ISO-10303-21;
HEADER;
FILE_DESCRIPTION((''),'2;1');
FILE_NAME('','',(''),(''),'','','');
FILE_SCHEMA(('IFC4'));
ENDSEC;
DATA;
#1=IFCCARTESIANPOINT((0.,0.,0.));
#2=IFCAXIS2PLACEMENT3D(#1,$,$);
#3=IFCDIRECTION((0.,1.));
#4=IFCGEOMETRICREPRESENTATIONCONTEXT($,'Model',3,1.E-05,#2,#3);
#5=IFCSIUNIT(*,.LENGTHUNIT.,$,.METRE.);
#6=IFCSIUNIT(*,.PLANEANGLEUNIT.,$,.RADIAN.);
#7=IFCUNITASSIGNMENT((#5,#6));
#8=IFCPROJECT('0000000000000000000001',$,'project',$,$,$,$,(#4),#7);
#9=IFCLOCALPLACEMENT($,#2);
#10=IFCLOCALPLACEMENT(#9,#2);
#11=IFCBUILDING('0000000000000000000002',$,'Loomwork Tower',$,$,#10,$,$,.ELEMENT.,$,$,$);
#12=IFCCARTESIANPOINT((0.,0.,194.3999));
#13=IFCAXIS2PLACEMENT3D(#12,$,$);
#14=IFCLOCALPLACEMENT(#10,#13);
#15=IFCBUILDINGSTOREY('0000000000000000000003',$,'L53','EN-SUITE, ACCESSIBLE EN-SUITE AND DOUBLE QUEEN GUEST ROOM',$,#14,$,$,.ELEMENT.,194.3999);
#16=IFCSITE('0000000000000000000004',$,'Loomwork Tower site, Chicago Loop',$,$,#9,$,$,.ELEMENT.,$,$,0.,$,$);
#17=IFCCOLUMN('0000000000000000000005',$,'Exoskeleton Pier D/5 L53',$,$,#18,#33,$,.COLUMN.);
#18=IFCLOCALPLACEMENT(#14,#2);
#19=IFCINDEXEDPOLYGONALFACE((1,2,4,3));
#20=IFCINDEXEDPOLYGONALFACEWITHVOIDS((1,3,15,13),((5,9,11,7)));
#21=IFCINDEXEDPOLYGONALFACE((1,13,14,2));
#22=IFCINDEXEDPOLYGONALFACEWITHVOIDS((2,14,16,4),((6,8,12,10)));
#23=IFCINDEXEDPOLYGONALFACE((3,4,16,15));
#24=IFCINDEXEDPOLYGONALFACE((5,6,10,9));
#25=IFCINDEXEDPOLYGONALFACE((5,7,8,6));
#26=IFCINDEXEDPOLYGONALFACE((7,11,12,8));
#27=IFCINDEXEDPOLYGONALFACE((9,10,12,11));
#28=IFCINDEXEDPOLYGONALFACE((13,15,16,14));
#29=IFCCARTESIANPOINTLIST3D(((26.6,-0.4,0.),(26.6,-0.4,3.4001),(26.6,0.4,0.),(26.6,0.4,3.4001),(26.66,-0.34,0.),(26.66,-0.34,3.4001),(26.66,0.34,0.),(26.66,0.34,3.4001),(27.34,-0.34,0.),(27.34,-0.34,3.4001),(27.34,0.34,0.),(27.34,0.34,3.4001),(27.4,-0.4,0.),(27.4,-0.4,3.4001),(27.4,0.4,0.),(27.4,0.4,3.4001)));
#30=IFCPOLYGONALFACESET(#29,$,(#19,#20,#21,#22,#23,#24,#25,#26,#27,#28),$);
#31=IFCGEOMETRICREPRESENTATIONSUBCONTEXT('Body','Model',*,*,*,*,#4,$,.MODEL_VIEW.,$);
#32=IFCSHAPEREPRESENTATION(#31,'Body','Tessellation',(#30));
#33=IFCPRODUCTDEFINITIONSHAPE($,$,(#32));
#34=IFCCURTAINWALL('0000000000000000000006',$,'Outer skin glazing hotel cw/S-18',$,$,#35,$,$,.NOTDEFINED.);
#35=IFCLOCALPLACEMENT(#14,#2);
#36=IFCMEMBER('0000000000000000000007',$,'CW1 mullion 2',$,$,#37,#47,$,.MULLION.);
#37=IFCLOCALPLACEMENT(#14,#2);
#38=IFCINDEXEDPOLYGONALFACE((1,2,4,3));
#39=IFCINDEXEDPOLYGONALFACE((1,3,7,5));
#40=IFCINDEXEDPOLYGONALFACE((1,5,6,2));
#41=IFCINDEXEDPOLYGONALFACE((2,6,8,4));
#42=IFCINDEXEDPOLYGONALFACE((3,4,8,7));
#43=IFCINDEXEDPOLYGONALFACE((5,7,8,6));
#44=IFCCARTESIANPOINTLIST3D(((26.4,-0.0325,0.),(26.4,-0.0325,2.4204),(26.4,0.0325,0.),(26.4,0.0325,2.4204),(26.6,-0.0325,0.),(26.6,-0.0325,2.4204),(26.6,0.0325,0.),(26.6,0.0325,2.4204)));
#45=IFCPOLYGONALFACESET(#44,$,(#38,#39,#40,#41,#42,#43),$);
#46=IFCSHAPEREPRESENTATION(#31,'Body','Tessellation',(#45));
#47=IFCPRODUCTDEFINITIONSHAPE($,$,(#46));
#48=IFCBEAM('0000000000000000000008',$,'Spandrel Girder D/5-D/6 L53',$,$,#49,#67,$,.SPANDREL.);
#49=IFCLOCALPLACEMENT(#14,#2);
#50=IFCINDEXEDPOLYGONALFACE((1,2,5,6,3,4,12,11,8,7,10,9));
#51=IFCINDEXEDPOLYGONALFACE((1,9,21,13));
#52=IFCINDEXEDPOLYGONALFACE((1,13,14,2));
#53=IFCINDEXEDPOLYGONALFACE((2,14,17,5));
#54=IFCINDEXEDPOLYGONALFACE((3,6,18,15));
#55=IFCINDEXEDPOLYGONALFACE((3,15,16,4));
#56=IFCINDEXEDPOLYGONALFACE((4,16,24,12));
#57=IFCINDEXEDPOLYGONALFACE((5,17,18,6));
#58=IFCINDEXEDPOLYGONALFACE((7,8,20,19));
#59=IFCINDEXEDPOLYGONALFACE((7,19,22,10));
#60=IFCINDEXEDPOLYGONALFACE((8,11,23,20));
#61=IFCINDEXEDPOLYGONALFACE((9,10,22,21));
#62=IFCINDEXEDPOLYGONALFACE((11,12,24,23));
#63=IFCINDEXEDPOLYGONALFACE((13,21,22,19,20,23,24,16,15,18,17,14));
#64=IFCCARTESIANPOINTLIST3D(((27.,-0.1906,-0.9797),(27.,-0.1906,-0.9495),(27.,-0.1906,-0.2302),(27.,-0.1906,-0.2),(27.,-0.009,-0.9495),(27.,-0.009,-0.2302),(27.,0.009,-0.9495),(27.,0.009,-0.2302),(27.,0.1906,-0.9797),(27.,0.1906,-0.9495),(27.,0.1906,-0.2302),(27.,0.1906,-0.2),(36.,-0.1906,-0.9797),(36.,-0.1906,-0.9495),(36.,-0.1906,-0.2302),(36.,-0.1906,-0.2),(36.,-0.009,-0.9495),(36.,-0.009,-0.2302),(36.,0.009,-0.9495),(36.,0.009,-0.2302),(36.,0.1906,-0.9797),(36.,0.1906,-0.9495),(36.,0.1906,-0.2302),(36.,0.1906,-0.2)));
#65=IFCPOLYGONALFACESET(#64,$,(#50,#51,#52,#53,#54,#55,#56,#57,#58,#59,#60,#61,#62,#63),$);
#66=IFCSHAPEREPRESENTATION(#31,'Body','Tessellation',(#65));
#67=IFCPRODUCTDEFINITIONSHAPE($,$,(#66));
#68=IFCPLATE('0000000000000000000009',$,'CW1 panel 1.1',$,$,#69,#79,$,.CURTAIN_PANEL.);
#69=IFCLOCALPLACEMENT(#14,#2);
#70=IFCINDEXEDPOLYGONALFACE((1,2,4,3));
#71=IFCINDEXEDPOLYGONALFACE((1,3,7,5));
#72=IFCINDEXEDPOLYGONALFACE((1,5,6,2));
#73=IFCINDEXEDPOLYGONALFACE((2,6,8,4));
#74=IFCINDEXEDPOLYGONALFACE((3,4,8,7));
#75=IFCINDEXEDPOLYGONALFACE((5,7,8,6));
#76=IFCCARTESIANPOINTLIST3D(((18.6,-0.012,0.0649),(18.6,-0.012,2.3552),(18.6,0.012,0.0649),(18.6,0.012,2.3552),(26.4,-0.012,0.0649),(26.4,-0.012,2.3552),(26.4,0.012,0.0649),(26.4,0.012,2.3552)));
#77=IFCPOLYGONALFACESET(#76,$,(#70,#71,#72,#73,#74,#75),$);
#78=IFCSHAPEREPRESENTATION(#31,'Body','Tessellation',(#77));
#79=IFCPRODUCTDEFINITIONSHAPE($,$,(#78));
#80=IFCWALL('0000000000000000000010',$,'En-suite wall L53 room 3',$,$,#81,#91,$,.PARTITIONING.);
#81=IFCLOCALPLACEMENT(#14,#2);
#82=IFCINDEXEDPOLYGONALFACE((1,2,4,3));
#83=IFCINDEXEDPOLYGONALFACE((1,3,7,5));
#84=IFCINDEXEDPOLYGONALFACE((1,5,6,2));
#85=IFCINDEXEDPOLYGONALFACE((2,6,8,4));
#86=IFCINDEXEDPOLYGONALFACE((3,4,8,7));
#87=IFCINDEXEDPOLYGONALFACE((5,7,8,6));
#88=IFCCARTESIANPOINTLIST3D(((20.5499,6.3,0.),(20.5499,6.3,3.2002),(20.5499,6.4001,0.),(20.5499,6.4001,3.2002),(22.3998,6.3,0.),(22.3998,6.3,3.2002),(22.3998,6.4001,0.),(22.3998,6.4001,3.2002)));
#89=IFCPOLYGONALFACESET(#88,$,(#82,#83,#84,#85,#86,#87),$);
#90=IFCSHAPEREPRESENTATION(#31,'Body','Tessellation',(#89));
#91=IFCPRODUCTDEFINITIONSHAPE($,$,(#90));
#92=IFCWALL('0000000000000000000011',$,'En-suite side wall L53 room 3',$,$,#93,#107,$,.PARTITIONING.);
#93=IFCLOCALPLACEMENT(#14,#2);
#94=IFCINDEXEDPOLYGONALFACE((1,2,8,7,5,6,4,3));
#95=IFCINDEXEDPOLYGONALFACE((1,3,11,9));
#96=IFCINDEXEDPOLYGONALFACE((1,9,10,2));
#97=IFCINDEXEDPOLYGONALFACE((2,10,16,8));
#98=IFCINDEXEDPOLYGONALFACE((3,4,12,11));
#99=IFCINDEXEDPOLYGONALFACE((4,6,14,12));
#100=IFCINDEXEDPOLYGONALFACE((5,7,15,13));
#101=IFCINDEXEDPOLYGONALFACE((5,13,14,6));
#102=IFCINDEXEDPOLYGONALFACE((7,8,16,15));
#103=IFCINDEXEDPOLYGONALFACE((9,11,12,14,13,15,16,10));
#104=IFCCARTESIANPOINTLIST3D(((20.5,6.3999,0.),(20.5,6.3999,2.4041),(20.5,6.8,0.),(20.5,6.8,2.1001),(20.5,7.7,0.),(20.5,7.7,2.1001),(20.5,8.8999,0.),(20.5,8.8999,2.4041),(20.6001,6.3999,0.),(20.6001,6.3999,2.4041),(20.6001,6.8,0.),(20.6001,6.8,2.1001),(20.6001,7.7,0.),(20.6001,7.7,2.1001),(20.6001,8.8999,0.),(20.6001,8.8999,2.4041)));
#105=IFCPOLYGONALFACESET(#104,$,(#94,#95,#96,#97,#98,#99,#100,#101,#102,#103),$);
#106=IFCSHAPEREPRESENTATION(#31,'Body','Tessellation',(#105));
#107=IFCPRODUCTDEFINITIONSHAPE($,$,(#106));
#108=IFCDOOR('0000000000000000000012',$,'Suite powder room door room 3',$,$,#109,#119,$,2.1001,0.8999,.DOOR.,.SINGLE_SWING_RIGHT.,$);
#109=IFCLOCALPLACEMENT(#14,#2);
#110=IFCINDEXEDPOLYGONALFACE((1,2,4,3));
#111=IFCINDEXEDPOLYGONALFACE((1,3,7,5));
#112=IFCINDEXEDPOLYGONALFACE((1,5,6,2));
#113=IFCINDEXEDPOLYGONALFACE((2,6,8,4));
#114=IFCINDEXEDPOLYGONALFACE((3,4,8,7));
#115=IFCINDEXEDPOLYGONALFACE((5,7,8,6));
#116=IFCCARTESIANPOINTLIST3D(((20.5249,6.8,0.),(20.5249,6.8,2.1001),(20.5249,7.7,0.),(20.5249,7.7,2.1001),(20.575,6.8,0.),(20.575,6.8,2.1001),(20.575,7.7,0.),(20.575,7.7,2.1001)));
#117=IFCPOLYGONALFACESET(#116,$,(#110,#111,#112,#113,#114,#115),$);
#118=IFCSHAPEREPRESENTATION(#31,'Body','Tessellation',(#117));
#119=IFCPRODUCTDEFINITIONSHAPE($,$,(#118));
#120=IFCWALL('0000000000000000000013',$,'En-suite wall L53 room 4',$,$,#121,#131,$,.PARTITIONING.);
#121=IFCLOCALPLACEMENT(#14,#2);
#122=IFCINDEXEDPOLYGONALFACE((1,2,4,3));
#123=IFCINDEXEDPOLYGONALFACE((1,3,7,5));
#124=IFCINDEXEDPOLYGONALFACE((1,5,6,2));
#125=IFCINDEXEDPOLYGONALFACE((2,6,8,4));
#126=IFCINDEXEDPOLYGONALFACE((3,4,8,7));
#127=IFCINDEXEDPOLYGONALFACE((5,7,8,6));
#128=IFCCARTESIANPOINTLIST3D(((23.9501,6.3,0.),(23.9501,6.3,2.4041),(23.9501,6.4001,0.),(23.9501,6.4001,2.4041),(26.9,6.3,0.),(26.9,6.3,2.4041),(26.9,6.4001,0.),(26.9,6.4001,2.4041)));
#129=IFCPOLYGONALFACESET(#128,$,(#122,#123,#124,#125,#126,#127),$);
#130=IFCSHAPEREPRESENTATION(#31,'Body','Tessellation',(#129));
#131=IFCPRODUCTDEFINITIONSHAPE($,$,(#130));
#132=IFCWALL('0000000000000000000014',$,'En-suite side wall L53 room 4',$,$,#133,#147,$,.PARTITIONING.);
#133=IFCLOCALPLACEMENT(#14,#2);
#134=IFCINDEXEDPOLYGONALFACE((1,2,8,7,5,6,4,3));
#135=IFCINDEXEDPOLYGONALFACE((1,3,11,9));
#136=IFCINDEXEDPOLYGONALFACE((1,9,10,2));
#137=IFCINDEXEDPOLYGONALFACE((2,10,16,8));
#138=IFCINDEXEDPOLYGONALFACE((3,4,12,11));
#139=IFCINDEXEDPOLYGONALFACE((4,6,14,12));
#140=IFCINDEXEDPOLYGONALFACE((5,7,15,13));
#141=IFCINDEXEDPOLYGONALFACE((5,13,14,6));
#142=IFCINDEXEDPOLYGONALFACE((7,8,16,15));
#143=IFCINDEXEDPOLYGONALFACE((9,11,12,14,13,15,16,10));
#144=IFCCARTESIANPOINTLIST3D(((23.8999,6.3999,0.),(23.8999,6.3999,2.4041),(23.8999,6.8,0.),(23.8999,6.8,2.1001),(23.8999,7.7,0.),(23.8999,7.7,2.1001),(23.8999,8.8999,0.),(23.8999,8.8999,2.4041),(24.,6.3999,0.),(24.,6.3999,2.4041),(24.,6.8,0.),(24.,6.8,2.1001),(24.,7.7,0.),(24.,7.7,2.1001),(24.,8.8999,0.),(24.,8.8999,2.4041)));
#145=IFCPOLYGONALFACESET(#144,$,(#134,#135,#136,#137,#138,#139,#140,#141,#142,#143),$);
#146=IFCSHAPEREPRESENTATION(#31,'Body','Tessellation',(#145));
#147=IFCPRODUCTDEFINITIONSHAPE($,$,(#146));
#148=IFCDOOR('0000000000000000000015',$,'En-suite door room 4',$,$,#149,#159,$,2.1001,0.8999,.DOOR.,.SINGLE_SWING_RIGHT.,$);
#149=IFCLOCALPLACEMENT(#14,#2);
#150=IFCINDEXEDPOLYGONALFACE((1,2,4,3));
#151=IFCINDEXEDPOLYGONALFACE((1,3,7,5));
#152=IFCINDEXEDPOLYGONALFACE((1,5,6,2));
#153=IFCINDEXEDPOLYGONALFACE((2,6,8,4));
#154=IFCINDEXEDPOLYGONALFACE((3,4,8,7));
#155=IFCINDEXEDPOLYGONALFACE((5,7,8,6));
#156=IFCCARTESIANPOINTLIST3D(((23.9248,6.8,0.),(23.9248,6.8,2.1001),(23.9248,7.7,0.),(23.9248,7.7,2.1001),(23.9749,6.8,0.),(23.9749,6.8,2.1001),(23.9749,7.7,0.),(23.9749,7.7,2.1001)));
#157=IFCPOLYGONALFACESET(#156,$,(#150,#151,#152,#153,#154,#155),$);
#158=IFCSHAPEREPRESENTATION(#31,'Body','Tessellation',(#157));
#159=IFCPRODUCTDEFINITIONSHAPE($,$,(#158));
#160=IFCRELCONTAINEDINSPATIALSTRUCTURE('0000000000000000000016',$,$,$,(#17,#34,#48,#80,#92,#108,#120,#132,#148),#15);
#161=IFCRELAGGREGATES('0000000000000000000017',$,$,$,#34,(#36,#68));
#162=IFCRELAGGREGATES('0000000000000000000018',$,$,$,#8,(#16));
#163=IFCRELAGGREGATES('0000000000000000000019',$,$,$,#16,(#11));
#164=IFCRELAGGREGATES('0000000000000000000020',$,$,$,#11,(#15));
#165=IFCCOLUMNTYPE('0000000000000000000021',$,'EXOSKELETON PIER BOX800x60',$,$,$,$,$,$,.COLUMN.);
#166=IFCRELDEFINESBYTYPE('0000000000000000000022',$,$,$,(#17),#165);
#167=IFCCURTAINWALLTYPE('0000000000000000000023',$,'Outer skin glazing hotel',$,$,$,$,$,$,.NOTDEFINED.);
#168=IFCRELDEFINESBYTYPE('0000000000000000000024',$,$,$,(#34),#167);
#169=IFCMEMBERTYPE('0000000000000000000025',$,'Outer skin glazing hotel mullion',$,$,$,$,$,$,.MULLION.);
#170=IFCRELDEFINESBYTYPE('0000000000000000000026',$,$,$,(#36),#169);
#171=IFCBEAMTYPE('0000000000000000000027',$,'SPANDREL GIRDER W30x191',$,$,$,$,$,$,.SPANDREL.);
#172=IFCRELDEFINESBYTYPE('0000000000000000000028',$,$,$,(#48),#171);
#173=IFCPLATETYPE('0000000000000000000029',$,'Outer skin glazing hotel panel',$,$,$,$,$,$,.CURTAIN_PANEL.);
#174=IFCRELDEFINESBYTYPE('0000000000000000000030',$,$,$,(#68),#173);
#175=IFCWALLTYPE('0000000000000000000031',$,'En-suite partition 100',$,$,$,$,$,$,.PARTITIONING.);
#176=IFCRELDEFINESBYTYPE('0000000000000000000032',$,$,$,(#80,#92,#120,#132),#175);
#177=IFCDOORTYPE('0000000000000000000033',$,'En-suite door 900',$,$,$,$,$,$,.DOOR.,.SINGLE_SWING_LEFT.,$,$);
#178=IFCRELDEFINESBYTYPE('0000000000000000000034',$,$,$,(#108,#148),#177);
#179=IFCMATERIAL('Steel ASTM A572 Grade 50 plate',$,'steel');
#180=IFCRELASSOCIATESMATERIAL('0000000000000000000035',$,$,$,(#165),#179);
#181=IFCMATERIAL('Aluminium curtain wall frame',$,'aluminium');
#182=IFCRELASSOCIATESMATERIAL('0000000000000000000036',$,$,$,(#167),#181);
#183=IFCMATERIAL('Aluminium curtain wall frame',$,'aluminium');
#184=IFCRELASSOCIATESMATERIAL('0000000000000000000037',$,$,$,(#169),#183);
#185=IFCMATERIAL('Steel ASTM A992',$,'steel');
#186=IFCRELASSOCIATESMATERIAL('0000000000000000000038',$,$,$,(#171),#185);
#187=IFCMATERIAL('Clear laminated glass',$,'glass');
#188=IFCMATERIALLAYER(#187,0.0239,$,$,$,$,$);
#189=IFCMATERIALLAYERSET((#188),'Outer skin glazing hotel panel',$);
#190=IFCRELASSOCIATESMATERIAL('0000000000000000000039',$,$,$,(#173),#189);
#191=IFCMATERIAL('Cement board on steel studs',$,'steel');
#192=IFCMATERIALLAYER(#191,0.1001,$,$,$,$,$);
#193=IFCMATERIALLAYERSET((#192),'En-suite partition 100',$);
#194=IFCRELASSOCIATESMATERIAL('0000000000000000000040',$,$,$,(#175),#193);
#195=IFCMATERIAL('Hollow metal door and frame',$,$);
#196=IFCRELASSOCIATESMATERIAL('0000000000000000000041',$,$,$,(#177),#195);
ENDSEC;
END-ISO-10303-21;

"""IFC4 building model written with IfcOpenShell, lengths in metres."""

from ifc_helpers import new_model, si_unit, direction, frame, frame_2d, origin, origin_2d, place, context, subcontext, project, spatial, rectangle, hollow_rectangle, i_section, extrude, material, layer, layer_set, material_profile, profile_set, type_object, element, fill, aggregate, save


model = new_model("IFC4")

# Units and contexts
model_context = context("Model", 3, precision=1e-05, world=origin(), true_north=direction((0.0, 1.0)))
body_context = subcontext(model_context, "Body", "Model", "MODEL_VIEW")
ifc_project = project(units=[si_unit("LENGTHUNIT", "METRE"), si_unit("PLANEANGLEUNIT", "RADIAN")], contexts=[model_context])

# Site, building, storey
site_placement = place(None, origin())
site = spatial("IfcSite", under=ifc_project, at=site_placement, Name="Loomwork Tower site, Chicago Loop", CompositionType="ELEMENT", RefElevation=0.0)
building_placement = place(site_placement, origin())
building = spatial("IfcBuilding", under=site, at=building_placement, Name="Loomwork Tower", CompositionType="ELEMENT")
storey_placement = place(building_placement, frame((0.0, 0.0, 194.3999)))
storey = spatial("IfcBuildingStorey", under=building, at=storey_placement, Name="L53", Description="EN-SUITE, ACCESSIBLE EN-SUITE AND DOUBLE QUEEN GUEST ROOM", CompositionType="ELEMENT", Elevation=194.3999)

# Column
ifc_material_1 = material(Name="Steel ASTM A572 Grade 50 plate", Category="steel")
ifc_material_profile_1 = material_profile(ifc_material_1, hollow_rectangle(XDim=0.8, YDim=0.8, WallThickness=0.0601, at=origin_2d()), Name="BOX800x60")
ifc_profile_set_1 = profile_set([ifc_material_profile_1], Name="Steel ASTM A572 Grade 50 plate")
column_type = type_object("IfcColumnType", Name="EXOSKELETON PIER BOX800x60", PredefinedType="COLUMN", material=ifc_profile_set_1)
column_placement = place(storey_placement, frame((27.0, 0.0, 0.0), z_axis=(0.0, 0.0, 1.0), x_axis=(1.0, 0.0, 0.0)))
element("IfcColumn", 1, at=column_placement, inside=storey, type_object=column_type, Name="Exoskeleton Pier D/5 L53", PredefinedType="COLUMN", context=body_context, shape_type="SweptSolid", body=[
    extrude(hollow_rectangle(XDim=0.8, YDim=0.8, WallThickness=0.0601, at=origin_2d()), origin(), (0.0, 0.0, 1.0), 3.4001),
])

# Curtain wall, member
ifc_material_2 = material(Name="Aluminium curtain wall frame", Category="aluminium")
curtain_wall_type = type_object("IfcCurtainWallType", Name="Outer skin glazing hotel", PredefinedType="NOTDEFINED", material=ifc_material_2)
curtain_wall_placement = place(storey_placement, origin())
curtain_wall = element("IfcCurtainWall", 2, at=curtain_wall_placement, inside=storey, type_object=curtain_wall_type, Name="Outer skin glazing hotel cw/S-18", PredefinedType="NOTDEFINED")
ifc_material_3 = material(Name="Aluminium curtain wall frame", Category="aluminium")
ifc_material_profile_2 = material_profile(ifc_material_3, rectangle(XDim=0.0649, YDim=0.2, at=origin_2d()), Name="AL 65x200")
ifc_profile_set_2 = profile_set([ifc_material_profile_2], Name="Aluminium curtain wall frame")
member_type = type_object("IfcMemberType", Name="Outer skin glazing hotel mullion", PredefinedType="MULLION", material=ifc_profile_set_2)
member_placement = place(storey_placement, frame((26.5, 0.0, 0.0), z_axis=(0.0, 0.0, 1.0), x_axis=(0.0, 1.0, 0.0)))
member = element("IfcMember", 3, at=member_placement, type_object=member_type, Name="CW1 mullion 2", PredefinedType="MULLION", context=body_context, shape_type="SweptSolid", body=[
    extrude(rectangle(XDim=0.0649, YDim=0.2, at=origin_2d()), origin(), (0.0, 0.0, 1.0), 2.4204),
])

# Beam
ifc_material_4 = material(Name="Steel ASTM A992", Category="steel")
ifc_material_profile_3 = material_profile(ifc_material_4, i_section(OverallWidth=0.3811, OverallDepth=0.7798, WebThickness=0.0181, FlangeThickness=0.0303, at=origin_2d()), Name="W30x191")
ifc_profile_set_3 = profile_set([ifc_material_profile_3], Name="Steel ASTM A992")
beam_type = type_object("IfcBeamType", Name="SPANDREL GIRDER W30x191", PredefinedType="SPANDREL", material=ifc_profile_set_3)
beam_placement = place(storey_placement, frame((27.0, 0.0, -0.5898), z_axis=(1.0, 0.0, 0.0), x_axis=(0.0, 1.0, 0.0)))
element("IfcBeam", 4, at=beam_placement, inside=storey, type_object=beam_type, Name="Spandrel Girder D/5-D/6 L53", PredefinedType="SPANDREL", context=body_context, shape_type="SweptSolid", body=[
    extrude(i_section(OverallWidth=0.3811, OverallDepth=0.7798, WebThickness=0.0181, FlangeThickness=0.0303, at=origin_2d()), origin(), (0.0, 0.0, 1.0), 9.0),
])

# Plate
ifc_material_5 = material(Name="Clear laminated glass", Category="glass")
ifc_layer_1 = layer(ifc_material_5, 0.0239)
ifc_layer_set_1 = layer_set([ifc_layer_1], Name="Outer skin glazing hotel panel")
plate_type = type_object("IfcPlateType", Name="Outer skin glazing hotel panel", PredefinedType="CURTAIN_PANEL", material=ifc_layer_set_1)
plate_placement = place(storey_placement, frame((22.5, 0.0, 0.0649), z_axis=(0.0, 0.0, 1.0), x_axis=(1.0, 0.0, 0.0)))
plate = element("IfcPlate", 5, at=plate_placement, type_object=plate_type, Name="CW1 panel 1.1", PredefinedType="CURTAIN_PANEL", context=body_context, shape_type="SweptSolid", body=[
    extrude(rectangle(XDim=7.8, YDim=0.0239, at=origin_2d()), origin(), (0.0, 0.0, 1.0), 2.2903),
])
aggregate(curtain_wall, [member, plate])

# Wall
ifc_material_6 = material(Name="Cement board on steel studs", Category="steel")
ifc_layer_2 = layer(ifc_material_6, 0.1001)
ifc_layer_set_2 = layer_set([ifc_layer_2], Name="En-suite partition 100")
wall_type_1 = type_object("IfcWallType", Name="En-suite partition 100", PredefinedType="PARTITIONING", material=ifc_layer_set_2)
wall_1_placement = place(storey_placement, frame((20.55, 6.3501, 0.0), z_axis=(0.0, 0.0, 1.0), x_axis=(1.0, 0.0, 0.0)))
element("IfcWall", 6, at=wall_1_placement, inside=storey, type_object=wall_type_1, Name="En-suite wall L53 room 3", PredefinedType="PARTITIONING", context=body_context, shape_type="SweptSolid", body=[
    extrude(rectangle(XDim=1.8499, YDim=0.1001, at=frame_2d((0.9248, 0.0))), origin(), (0.0, 0.0, 1.0), 3.2002),
])

# Wall, opening, door
wall_2_placement = place(storey_placement, frame((20.55, 8.8999, 0.0), z_axis=(0.0, 0.0, 1.0), x_axis=(0.0, -1.0, 0.0)))
wall_2 = element("IfcWall", 7, at=wall_2_placement, inside=storey, type_object=wall_type_1, Name="En-suite side wall L53 room 3", PredefinedType="PARTITIONING", context=body_context, shape_type="SweptSolid", body=[
    extrude(rectangle(XDim=2.5, YDim=0.1001, at=frame_2d((1.25, 0.0))), origin(), (0.0, 0.0, 1.0), 2.4041),
])
opening_1_placement = place(wall_2_placement, frame((1.2, 0.0, 0.0)))
opening_1 = element("IfcOpeningElement", 8, at=opening_1_placement, cuts=wall_2, PredefinedType="OPENING", context=body_context, shape_type="SweptSolid", body=[
    extrude(rectangle(XDim=0.8999, YDim=2.1001, at=frame_2d((0.45, 1.05))), frame((0.0, 0.0601, 0.0), z_axis=(0.0, -1.0, 0.0), x_axis=(1.0, 0.0, 0.0)), (0.0, 0.0, 1.0), 0.1201),
])
ifc_material_7 = material(Name="Hollow metal door and frame")
door_type_1 = type_object("IfcDoorType", Name="En-suite door 900", OperationType="SINGLE_SWING_LEFT", PredefinedType="DOOR", material=ifc_material_7)
door_1_placement = place(opening_1_placement, origin())
door_1 = element("IfcDoor", 9, at=door_1_placement, inside=storey, type_object=door_type_1, Name="Suite powder room door room 3", OperationType="SINGLE_SWING_RIGHT", OverallHeight=2.1001, OverallWidth=0.8999, PredefinedType="DOOR", context=body_context, shape_type="SweptSolid", body=[
    extrude(rectangle(XDim=0.8999, YDim=2.1001, at=frame_2d((0.45, 1.05))), frame((0.0, 0.0249, 0.0), z_axis=(0.0, -1.0, 0.0), x_axis=(1.0, 0.0, 0.0)), (0.0, 0.0, 1.0), 0.05),
])
fill(opening_1, door_1)

# Wall
wall_3_placement = place(storey_placement, frame((23.95, 6.3501, 0.0), z_axis=(0.0, 0.0, 1.0), x_axis=(1.0, 0.0, 0.0)))
element("IfcWall", 10, at=wall_3_placement, inside=storey, type_object=wall_type_1, Name="En-suite wall L53 room 4", PredefinedType="PARTITIONING", context=body_context, shape_type="SweptSolid", body=[
    extrude(rectangle(XDim=2.95, YDim=0.1001, at=frame_2d((1.4751, 0.0))), origin(), (0.0, 0.0, 1.0), 2.4041),
])

# Wall, opening, door
wall_4_placement = place(storey_placement, frame((23.95, 8.8999, 0.0), z_axis=(0.0, 0.0, 1.0), x_axis=(0.0, -1.0, 0.0)))
wall_4 = element("IfcWall", 11, at=wall_4_placement, inside=storey, type_object=wall_type_1, Name="En-suite side wall L53 room 4", PredefinedType="PARTITIONING", context=body_context, shape_type="SweptSolid", body=[
    extrude(rectangle(XDim=2.5, YDim=0.1001, at=frame_2d((1.25, 0.0))), origin(), (0.0, 0.0, 1.0), 2.4041),
])
opening_2_placement = place(wall_4_placement, frame((1.2, 0.0, 0.0)))
opening_2 = element("IfcOpeningElement", 12, at=opening_2_placement, cuts=wall_4, PredefinedType="OPENING", context=body_context, shape_type="SweptSolid", body=[
    extrude(rectangle(XDim=0.8999, YDim=2.1001, at=frame_2d((0.45, 1.05))), frame((0.0, 0.0601, 0.0), z_axis=(0.0, -1.0, 0.0), x_axis=(1.0, 0.0, 0.0)), (0.0, 0.0, 1.0), 0.1201),
])
door_2_placement = place(opening_2_placement, origin())
door_2 = element("IfcDoor", 13, at=door_2_placement, inside=storey, type_object=door_type_1, Name="En-suite door room 4", OperationType="SINGLE_SWING_RIGHT", OverallHeight=2.1001, OverallWidth=0.8999, PredefinedType="DOOR", context=body_context, shape_type="SweptSolid", body=[
    extrude(rectangle(XDim=0.8999, YDim=2.1001, at=frame_2d((0.45, 1.05))), frame((0.0, 0.0249, 0.0), z_axis=(0.0, -1.0, 0.0), x_axis=(1.0, 0.0, 0.0)), (0.0, 0.0, 1.0), 0.05),
])
fill(opening_2, door_2)

save(model, "model.ifc")
